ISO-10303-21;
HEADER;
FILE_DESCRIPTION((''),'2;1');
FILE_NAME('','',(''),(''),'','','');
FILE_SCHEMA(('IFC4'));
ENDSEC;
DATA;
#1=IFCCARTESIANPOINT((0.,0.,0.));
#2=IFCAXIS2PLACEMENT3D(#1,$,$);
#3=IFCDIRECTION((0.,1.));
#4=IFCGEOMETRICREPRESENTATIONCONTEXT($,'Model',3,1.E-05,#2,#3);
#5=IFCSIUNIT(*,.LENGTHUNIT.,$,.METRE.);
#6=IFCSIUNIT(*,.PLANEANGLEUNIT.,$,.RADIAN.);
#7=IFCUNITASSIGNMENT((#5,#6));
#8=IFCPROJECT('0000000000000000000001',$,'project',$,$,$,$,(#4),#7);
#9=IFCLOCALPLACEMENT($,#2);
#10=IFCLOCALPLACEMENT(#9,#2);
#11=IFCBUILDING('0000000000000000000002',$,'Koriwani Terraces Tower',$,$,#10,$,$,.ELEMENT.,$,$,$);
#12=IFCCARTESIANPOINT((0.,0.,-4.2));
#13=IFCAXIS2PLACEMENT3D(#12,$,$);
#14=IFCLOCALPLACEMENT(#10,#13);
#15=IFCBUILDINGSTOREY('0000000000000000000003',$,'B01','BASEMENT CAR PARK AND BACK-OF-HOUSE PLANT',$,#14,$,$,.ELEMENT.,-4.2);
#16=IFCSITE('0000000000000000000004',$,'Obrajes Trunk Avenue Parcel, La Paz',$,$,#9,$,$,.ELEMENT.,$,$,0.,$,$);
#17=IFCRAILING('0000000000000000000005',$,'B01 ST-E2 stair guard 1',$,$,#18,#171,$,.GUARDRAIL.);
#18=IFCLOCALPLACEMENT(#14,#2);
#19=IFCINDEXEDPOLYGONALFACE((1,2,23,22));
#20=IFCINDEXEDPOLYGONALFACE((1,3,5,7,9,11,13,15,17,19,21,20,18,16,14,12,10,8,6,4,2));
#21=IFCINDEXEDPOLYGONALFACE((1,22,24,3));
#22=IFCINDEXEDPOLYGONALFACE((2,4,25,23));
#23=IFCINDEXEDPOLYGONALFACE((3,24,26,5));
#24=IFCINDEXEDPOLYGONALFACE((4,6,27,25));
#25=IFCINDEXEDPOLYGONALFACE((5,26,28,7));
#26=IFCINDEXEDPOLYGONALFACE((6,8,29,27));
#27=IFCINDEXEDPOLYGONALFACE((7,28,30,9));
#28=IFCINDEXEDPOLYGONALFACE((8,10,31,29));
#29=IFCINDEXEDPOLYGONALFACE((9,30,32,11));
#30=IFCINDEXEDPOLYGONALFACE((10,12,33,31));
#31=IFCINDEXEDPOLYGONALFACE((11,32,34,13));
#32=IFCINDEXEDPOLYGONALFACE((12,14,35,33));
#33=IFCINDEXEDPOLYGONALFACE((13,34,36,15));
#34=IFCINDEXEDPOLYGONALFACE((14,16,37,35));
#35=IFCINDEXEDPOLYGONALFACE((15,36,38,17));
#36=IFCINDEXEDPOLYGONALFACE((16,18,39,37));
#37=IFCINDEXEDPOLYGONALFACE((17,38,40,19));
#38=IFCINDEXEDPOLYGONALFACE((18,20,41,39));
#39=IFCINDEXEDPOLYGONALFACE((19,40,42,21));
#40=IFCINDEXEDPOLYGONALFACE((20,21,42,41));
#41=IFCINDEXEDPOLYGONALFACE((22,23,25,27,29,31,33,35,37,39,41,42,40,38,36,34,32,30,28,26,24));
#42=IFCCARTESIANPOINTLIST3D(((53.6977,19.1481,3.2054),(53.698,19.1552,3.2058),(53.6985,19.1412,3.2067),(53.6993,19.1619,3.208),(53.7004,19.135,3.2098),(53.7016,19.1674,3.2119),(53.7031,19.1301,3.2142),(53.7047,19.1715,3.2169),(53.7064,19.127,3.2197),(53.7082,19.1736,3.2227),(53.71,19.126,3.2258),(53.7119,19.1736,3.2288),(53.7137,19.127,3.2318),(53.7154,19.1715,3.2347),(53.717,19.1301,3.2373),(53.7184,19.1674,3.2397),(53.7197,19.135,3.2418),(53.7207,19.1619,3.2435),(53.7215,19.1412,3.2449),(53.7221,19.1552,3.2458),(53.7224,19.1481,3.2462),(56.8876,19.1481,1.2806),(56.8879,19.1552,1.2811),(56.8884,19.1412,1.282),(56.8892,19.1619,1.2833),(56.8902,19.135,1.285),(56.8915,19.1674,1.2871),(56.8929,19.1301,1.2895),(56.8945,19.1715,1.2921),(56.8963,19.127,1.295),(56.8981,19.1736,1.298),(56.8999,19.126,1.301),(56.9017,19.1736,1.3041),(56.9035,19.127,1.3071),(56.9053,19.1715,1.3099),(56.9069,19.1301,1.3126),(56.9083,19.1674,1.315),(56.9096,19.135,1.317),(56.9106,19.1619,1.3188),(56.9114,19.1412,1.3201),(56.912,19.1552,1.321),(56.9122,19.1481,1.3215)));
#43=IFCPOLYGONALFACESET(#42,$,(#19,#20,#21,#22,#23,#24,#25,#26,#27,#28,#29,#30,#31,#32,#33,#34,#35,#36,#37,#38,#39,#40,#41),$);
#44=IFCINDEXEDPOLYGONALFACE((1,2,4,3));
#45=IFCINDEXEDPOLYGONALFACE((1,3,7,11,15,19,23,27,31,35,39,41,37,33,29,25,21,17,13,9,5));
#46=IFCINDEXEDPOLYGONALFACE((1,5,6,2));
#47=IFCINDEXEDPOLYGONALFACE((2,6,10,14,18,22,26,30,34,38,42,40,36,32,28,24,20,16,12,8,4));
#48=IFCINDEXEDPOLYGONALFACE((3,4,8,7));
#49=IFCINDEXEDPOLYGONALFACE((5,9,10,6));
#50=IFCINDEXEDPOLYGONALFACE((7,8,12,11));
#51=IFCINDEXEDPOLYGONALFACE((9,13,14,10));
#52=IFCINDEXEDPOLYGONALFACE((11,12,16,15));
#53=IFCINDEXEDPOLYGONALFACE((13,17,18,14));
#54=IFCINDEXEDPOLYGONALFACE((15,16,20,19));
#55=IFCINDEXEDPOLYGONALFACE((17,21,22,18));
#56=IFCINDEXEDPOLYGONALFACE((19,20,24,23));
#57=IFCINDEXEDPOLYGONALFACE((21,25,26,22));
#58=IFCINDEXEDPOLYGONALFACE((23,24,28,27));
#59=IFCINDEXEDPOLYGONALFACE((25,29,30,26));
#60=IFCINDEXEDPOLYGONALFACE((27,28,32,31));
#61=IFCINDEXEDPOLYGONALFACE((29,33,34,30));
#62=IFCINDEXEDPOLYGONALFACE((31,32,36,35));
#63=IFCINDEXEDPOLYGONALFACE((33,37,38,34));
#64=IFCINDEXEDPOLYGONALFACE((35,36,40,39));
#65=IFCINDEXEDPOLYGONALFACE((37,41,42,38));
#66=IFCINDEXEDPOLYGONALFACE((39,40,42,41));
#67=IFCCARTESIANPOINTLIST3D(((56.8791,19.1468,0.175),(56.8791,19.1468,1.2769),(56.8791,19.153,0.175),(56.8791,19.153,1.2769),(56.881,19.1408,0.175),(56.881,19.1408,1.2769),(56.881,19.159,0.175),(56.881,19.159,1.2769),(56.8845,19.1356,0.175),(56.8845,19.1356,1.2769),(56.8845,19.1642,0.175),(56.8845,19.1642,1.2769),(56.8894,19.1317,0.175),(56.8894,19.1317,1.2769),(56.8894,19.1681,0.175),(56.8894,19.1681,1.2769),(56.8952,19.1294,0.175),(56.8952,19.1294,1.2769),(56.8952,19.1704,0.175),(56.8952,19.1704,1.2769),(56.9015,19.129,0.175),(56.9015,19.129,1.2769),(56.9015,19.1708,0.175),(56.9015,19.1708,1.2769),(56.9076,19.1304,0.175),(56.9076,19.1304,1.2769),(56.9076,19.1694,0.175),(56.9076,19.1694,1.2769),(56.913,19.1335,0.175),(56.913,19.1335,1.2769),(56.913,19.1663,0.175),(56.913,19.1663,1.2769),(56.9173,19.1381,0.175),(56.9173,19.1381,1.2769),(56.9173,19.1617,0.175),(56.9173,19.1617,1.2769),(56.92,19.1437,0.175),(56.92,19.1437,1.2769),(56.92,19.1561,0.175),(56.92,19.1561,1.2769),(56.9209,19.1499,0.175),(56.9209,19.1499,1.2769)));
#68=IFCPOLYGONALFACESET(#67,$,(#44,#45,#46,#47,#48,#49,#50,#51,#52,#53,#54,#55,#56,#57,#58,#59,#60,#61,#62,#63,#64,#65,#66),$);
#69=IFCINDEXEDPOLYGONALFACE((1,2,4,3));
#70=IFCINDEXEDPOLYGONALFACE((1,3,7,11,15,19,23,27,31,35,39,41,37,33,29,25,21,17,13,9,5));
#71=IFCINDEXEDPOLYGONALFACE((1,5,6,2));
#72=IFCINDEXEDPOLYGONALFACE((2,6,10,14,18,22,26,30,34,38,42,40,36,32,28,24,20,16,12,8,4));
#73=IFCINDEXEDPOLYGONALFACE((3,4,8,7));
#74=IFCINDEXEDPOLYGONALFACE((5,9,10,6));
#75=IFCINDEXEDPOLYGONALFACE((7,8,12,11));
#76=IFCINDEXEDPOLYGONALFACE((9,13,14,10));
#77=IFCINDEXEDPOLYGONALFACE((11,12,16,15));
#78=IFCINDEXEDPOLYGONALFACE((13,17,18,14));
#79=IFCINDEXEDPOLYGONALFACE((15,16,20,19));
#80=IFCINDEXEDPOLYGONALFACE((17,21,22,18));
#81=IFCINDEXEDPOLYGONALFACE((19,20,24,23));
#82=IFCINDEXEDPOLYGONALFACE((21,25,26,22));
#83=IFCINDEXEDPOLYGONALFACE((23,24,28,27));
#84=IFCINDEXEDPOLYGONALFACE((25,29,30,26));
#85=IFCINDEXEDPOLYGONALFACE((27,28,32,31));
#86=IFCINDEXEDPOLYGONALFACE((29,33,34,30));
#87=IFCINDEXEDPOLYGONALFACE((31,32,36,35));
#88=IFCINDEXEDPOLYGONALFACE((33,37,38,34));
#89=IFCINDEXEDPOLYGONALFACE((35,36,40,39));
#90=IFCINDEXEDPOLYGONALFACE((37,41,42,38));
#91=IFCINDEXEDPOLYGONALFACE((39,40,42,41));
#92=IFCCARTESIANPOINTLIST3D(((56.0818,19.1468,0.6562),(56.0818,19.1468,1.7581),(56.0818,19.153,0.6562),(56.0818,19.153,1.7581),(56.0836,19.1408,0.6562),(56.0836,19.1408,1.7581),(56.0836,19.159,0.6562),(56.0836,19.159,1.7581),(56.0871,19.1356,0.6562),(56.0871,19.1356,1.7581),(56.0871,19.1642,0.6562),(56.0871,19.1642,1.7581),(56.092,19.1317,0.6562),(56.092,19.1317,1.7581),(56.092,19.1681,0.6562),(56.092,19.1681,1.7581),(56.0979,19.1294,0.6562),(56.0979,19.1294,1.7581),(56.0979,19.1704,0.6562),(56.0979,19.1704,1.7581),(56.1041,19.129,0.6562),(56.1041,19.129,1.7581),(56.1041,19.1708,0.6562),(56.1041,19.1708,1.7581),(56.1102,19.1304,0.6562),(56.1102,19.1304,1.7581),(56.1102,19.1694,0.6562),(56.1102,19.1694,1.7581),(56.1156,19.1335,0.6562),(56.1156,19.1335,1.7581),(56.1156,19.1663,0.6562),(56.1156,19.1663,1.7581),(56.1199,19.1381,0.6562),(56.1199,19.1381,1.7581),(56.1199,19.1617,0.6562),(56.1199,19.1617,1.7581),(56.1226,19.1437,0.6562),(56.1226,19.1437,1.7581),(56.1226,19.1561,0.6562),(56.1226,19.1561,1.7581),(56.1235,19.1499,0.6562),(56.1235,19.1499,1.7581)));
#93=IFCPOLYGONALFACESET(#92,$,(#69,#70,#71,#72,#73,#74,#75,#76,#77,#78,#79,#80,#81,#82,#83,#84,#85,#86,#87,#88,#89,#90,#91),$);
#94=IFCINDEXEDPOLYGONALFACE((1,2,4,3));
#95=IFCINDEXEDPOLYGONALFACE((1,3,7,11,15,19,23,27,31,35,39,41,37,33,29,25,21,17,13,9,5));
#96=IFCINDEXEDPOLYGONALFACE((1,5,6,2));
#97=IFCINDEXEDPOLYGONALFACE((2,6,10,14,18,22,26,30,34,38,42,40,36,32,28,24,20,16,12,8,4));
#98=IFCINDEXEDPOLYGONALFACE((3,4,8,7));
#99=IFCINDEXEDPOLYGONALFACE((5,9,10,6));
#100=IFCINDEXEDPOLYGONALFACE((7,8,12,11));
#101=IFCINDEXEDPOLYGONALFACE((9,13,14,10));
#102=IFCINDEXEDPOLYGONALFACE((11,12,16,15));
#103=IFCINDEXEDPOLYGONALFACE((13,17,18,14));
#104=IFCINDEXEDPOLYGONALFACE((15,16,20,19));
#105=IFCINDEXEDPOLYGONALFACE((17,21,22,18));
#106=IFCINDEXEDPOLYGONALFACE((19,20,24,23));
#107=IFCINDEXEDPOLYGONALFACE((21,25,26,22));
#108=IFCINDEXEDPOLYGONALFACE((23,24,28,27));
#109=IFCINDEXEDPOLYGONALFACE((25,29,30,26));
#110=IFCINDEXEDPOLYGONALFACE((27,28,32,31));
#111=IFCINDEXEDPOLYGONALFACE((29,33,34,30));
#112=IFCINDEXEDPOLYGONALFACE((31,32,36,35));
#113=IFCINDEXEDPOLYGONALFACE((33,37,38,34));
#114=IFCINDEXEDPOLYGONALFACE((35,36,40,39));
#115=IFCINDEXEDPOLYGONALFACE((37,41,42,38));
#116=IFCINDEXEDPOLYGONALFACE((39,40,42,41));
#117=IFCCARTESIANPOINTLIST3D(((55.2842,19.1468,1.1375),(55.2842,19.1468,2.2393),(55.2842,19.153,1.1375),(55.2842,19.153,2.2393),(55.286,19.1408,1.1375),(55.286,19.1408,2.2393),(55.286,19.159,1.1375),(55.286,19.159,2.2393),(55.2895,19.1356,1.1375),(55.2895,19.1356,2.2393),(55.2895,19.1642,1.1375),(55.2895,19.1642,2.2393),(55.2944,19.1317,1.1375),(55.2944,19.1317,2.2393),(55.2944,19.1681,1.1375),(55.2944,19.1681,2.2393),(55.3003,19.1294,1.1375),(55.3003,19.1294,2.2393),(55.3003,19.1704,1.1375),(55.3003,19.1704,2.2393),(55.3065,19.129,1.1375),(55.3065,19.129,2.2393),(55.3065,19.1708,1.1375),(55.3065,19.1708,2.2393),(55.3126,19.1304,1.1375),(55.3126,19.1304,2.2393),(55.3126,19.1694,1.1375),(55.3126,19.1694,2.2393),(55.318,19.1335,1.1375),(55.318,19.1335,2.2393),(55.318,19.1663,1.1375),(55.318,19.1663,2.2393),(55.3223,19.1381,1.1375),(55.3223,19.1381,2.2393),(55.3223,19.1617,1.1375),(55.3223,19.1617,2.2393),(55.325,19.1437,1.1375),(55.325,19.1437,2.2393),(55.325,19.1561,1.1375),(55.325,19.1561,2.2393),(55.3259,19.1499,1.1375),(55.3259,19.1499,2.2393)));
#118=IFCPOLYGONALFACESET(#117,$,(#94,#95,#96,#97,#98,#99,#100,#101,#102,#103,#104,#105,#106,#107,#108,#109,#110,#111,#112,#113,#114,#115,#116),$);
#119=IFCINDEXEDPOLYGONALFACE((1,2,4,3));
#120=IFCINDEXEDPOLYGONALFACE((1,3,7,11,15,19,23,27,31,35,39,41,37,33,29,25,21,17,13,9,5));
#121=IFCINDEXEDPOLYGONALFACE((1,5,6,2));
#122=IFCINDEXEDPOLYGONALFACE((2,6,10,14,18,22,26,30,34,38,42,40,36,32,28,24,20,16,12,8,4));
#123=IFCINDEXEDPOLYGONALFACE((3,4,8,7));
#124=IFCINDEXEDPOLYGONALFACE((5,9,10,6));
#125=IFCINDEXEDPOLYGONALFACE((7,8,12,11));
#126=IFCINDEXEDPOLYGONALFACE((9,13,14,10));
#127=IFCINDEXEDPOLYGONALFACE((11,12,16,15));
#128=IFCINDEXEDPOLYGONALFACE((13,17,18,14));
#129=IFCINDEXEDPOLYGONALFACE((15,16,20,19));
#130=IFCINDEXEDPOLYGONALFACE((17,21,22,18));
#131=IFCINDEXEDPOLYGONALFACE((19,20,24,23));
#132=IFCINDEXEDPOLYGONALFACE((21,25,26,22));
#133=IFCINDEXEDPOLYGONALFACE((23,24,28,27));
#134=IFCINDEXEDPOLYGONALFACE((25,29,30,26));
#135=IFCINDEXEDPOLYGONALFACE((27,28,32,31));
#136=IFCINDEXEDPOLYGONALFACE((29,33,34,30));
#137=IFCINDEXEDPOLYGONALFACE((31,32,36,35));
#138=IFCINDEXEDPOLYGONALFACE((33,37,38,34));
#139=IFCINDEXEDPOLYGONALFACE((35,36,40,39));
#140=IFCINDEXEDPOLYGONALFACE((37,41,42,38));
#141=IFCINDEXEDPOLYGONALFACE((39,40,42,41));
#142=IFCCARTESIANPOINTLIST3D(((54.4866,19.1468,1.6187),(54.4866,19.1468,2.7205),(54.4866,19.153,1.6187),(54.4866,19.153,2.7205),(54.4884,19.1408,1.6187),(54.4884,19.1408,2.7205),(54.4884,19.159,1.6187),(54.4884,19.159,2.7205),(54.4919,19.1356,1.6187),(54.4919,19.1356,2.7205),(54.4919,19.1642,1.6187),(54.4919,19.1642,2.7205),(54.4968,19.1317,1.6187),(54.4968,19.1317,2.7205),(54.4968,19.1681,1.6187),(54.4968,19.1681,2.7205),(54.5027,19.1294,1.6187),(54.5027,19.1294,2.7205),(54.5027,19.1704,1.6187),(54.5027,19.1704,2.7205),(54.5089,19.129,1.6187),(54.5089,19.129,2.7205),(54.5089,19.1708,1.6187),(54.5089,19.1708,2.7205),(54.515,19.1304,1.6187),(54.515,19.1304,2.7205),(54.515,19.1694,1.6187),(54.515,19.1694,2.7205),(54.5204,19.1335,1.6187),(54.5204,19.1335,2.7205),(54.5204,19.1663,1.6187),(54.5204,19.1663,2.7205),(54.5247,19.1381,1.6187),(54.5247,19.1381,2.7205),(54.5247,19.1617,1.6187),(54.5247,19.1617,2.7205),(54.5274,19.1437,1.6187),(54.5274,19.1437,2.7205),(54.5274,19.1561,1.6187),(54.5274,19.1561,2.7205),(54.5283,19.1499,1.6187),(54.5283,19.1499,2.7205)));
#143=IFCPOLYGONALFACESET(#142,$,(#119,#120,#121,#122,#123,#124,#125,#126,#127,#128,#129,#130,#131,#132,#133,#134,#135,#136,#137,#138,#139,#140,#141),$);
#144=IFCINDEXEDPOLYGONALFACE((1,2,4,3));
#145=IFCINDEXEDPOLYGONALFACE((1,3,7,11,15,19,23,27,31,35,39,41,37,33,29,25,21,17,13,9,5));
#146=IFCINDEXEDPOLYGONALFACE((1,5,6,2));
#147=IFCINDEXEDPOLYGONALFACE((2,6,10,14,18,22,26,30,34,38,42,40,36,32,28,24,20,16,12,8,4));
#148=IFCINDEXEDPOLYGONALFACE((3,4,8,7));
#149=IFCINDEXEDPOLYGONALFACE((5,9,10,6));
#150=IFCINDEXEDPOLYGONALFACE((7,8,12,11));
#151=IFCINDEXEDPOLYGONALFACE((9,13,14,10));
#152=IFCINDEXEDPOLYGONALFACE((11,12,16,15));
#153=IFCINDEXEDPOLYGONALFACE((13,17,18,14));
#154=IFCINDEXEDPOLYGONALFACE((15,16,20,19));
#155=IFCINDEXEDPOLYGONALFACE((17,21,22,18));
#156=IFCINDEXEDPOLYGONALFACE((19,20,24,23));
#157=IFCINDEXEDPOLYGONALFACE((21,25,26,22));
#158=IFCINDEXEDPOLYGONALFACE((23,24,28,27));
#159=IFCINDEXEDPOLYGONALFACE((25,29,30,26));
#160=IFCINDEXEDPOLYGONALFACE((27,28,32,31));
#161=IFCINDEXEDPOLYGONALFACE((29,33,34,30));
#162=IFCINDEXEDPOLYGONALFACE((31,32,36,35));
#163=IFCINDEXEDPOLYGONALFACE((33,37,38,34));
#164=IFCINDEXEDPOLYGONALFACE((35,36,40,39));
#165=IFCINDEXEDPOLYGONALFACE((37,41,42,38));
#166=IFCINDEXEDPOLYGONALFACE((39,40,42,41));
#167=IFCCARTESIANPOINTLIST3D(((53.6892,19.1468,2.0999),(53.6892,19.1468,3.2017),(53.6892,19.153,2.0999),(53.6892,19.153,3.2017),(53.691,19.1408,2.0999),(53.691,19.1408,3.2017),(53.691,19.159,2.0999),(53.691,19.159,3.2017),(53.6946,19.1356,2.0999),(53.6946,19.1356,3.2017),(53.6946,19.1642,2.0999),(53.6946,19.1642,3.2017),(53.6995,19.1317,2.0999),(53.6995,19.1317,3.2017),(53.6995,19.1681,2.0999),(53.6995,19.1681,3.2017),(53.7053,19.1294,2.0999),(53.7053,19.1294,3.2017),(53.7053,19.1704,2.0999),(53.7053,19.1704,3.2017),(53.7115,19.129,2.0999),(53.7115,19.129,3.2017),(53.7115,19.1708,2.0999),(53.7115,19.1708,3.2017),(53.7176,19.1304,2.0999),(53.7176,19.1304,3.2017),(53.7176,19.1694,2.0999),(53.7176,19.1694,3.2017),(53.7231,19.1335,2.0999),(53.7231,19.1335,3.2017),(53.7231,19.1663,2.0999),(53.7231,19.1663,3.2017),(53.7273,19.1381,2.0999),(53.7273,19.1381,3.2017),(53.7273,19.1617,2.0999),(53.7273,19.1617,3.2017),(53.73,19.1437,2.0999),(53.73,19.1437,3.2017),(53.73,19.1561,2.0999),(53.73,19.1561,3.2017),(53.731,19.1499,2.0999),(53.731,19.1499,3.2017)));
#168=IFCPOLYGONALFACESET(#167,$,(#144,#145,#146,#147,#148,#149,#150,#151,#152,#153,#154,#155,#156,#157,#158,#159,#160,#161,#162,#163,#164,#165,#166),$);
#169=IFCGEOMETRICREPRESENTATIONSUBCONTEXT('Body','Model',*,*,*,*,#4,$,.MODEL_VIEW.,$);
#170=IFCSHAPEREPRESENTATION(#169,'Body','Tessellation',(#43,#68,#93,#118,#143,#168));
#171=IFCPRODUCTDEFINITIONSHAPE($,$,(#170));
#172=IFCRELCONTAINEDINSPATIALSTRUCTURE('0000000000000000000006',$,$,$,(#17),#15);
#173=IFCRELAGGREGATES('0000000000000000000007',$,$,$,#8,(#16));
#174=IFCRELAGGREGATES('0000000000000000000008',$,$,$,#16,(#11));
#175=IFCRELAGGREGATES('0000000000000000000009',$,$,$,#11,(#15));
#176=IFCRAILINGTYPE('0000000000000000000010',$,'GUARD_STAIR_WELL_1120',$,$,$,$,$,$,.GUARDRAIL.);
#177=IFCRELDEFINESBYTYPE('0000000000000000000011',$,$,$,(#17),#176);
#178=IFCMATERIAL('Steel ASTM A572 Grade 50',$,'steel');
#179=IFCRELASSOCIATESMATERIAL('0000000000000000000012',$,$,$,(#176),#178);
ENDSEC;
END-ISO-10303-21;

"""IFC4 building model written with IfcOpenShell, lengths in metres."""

from ifc_helpers import new_model, si_unit, direction, frame, origin, origin_2d, place, context, subcontext, project, spatial, circle, extrude, material, type_object, element, save


model = new_model("IFC4")

# Units and contexts
model_context = context("Model", 3, precision=1e-05, world=origin(), true_north=direction((0.0, 1.0)))
body_context = subcontext(model_context, "Body", "Model", "MODEL_VIEW")
ifc_project = project(units=[si_unit("LENGTHUNIT", "METRE"), si_unit("PLANEANGLEUNIT", "RADIAN")], contexts=[model_context])

# Site, building, storey
site_placement = place(None, origin())
site = spatial("IfcSite", under=ifc_project, at=site_placement, Name="Obrajes Trunk Avenue Parcel, La Paz", CompositionType="ELEMENT", RefElevation=0.0)
building_placement = place(site_placement, origin())
building = spatial("IfcBuilding", under=site, at=building_placement, Name="Koriwani Terraces Tower", CompositionType="ELEMENT")
storey_placement = place(building_placement, frame((0.0, 0.0, -4.2)))
storey = spatial("IfcBuildingStorey", under=building, at=storey_placement, Name="B01", Description="BASEMENT CAR PARK AND BACK-OF-HOUSE PLANT", CompositionType="ELEMENT", Elevation=-4.2)

# Shared definitions
ifc_material_1 = material(Name="Steel ASTM A572 Grade 50", Category="steel")

# Railing
railing_type_1 = type_object("IfcRailingType", Name="GUARD_STAIR_WELL_1120", PredefinedType="GUARDRAIL", material=ifc_material_1)
railing_1_placement = place(storey_placement, frame((56.8999, 19.1499, 0.175)))
element("IfcRailing", 1, at=railing_1_placement, inside=storey, type_object=railing_type_1, Name="B01 ST-E2 stair guard 1", PredefinedType="GUARDRAIL", context=body_context, shape_type="SweptSolid", body=[
    extrude(circle(Radius=0.0239, at=origin_2d()), frame((0.0, 0.0, 1.126), z_axis=(-0.856207, 0.0, 0.516633), x_axis=(0.0, -1.0, 0.0)), (0.0, 0.0, 1.0), 3.7256),
    extrude(circle(Radius=0.021, at=origin_2d()), origin(), (0.0, 0.0, 1.0), 1.1018),
    extrude(circle(Radius=0.021, at=origin_2d()), frame((-0.7974, 0.0, 0.4812)), (0.0, 0.0, 1.0), 1.1018),
    extrude(circle(Radius=0.021, at=origin_2d()), frame((-1.595, 0.0, 0.9624)), (0.0, 0.0, 1.0), 1.1018),
    extrude(circle(Radius=0.021, at=origin_2d()), frame((-2.3926, 0.0, 1.4436)), (0.0, 0.0, 1.0), 1.1018),
    extrude(circle(Radius=0.021, at=origin_2d()), frame((-3.1899, 0.0, 1.9248)), (0.0, 0.0, 1.0), 1.1018),
])

save(model, "model.ifc")
